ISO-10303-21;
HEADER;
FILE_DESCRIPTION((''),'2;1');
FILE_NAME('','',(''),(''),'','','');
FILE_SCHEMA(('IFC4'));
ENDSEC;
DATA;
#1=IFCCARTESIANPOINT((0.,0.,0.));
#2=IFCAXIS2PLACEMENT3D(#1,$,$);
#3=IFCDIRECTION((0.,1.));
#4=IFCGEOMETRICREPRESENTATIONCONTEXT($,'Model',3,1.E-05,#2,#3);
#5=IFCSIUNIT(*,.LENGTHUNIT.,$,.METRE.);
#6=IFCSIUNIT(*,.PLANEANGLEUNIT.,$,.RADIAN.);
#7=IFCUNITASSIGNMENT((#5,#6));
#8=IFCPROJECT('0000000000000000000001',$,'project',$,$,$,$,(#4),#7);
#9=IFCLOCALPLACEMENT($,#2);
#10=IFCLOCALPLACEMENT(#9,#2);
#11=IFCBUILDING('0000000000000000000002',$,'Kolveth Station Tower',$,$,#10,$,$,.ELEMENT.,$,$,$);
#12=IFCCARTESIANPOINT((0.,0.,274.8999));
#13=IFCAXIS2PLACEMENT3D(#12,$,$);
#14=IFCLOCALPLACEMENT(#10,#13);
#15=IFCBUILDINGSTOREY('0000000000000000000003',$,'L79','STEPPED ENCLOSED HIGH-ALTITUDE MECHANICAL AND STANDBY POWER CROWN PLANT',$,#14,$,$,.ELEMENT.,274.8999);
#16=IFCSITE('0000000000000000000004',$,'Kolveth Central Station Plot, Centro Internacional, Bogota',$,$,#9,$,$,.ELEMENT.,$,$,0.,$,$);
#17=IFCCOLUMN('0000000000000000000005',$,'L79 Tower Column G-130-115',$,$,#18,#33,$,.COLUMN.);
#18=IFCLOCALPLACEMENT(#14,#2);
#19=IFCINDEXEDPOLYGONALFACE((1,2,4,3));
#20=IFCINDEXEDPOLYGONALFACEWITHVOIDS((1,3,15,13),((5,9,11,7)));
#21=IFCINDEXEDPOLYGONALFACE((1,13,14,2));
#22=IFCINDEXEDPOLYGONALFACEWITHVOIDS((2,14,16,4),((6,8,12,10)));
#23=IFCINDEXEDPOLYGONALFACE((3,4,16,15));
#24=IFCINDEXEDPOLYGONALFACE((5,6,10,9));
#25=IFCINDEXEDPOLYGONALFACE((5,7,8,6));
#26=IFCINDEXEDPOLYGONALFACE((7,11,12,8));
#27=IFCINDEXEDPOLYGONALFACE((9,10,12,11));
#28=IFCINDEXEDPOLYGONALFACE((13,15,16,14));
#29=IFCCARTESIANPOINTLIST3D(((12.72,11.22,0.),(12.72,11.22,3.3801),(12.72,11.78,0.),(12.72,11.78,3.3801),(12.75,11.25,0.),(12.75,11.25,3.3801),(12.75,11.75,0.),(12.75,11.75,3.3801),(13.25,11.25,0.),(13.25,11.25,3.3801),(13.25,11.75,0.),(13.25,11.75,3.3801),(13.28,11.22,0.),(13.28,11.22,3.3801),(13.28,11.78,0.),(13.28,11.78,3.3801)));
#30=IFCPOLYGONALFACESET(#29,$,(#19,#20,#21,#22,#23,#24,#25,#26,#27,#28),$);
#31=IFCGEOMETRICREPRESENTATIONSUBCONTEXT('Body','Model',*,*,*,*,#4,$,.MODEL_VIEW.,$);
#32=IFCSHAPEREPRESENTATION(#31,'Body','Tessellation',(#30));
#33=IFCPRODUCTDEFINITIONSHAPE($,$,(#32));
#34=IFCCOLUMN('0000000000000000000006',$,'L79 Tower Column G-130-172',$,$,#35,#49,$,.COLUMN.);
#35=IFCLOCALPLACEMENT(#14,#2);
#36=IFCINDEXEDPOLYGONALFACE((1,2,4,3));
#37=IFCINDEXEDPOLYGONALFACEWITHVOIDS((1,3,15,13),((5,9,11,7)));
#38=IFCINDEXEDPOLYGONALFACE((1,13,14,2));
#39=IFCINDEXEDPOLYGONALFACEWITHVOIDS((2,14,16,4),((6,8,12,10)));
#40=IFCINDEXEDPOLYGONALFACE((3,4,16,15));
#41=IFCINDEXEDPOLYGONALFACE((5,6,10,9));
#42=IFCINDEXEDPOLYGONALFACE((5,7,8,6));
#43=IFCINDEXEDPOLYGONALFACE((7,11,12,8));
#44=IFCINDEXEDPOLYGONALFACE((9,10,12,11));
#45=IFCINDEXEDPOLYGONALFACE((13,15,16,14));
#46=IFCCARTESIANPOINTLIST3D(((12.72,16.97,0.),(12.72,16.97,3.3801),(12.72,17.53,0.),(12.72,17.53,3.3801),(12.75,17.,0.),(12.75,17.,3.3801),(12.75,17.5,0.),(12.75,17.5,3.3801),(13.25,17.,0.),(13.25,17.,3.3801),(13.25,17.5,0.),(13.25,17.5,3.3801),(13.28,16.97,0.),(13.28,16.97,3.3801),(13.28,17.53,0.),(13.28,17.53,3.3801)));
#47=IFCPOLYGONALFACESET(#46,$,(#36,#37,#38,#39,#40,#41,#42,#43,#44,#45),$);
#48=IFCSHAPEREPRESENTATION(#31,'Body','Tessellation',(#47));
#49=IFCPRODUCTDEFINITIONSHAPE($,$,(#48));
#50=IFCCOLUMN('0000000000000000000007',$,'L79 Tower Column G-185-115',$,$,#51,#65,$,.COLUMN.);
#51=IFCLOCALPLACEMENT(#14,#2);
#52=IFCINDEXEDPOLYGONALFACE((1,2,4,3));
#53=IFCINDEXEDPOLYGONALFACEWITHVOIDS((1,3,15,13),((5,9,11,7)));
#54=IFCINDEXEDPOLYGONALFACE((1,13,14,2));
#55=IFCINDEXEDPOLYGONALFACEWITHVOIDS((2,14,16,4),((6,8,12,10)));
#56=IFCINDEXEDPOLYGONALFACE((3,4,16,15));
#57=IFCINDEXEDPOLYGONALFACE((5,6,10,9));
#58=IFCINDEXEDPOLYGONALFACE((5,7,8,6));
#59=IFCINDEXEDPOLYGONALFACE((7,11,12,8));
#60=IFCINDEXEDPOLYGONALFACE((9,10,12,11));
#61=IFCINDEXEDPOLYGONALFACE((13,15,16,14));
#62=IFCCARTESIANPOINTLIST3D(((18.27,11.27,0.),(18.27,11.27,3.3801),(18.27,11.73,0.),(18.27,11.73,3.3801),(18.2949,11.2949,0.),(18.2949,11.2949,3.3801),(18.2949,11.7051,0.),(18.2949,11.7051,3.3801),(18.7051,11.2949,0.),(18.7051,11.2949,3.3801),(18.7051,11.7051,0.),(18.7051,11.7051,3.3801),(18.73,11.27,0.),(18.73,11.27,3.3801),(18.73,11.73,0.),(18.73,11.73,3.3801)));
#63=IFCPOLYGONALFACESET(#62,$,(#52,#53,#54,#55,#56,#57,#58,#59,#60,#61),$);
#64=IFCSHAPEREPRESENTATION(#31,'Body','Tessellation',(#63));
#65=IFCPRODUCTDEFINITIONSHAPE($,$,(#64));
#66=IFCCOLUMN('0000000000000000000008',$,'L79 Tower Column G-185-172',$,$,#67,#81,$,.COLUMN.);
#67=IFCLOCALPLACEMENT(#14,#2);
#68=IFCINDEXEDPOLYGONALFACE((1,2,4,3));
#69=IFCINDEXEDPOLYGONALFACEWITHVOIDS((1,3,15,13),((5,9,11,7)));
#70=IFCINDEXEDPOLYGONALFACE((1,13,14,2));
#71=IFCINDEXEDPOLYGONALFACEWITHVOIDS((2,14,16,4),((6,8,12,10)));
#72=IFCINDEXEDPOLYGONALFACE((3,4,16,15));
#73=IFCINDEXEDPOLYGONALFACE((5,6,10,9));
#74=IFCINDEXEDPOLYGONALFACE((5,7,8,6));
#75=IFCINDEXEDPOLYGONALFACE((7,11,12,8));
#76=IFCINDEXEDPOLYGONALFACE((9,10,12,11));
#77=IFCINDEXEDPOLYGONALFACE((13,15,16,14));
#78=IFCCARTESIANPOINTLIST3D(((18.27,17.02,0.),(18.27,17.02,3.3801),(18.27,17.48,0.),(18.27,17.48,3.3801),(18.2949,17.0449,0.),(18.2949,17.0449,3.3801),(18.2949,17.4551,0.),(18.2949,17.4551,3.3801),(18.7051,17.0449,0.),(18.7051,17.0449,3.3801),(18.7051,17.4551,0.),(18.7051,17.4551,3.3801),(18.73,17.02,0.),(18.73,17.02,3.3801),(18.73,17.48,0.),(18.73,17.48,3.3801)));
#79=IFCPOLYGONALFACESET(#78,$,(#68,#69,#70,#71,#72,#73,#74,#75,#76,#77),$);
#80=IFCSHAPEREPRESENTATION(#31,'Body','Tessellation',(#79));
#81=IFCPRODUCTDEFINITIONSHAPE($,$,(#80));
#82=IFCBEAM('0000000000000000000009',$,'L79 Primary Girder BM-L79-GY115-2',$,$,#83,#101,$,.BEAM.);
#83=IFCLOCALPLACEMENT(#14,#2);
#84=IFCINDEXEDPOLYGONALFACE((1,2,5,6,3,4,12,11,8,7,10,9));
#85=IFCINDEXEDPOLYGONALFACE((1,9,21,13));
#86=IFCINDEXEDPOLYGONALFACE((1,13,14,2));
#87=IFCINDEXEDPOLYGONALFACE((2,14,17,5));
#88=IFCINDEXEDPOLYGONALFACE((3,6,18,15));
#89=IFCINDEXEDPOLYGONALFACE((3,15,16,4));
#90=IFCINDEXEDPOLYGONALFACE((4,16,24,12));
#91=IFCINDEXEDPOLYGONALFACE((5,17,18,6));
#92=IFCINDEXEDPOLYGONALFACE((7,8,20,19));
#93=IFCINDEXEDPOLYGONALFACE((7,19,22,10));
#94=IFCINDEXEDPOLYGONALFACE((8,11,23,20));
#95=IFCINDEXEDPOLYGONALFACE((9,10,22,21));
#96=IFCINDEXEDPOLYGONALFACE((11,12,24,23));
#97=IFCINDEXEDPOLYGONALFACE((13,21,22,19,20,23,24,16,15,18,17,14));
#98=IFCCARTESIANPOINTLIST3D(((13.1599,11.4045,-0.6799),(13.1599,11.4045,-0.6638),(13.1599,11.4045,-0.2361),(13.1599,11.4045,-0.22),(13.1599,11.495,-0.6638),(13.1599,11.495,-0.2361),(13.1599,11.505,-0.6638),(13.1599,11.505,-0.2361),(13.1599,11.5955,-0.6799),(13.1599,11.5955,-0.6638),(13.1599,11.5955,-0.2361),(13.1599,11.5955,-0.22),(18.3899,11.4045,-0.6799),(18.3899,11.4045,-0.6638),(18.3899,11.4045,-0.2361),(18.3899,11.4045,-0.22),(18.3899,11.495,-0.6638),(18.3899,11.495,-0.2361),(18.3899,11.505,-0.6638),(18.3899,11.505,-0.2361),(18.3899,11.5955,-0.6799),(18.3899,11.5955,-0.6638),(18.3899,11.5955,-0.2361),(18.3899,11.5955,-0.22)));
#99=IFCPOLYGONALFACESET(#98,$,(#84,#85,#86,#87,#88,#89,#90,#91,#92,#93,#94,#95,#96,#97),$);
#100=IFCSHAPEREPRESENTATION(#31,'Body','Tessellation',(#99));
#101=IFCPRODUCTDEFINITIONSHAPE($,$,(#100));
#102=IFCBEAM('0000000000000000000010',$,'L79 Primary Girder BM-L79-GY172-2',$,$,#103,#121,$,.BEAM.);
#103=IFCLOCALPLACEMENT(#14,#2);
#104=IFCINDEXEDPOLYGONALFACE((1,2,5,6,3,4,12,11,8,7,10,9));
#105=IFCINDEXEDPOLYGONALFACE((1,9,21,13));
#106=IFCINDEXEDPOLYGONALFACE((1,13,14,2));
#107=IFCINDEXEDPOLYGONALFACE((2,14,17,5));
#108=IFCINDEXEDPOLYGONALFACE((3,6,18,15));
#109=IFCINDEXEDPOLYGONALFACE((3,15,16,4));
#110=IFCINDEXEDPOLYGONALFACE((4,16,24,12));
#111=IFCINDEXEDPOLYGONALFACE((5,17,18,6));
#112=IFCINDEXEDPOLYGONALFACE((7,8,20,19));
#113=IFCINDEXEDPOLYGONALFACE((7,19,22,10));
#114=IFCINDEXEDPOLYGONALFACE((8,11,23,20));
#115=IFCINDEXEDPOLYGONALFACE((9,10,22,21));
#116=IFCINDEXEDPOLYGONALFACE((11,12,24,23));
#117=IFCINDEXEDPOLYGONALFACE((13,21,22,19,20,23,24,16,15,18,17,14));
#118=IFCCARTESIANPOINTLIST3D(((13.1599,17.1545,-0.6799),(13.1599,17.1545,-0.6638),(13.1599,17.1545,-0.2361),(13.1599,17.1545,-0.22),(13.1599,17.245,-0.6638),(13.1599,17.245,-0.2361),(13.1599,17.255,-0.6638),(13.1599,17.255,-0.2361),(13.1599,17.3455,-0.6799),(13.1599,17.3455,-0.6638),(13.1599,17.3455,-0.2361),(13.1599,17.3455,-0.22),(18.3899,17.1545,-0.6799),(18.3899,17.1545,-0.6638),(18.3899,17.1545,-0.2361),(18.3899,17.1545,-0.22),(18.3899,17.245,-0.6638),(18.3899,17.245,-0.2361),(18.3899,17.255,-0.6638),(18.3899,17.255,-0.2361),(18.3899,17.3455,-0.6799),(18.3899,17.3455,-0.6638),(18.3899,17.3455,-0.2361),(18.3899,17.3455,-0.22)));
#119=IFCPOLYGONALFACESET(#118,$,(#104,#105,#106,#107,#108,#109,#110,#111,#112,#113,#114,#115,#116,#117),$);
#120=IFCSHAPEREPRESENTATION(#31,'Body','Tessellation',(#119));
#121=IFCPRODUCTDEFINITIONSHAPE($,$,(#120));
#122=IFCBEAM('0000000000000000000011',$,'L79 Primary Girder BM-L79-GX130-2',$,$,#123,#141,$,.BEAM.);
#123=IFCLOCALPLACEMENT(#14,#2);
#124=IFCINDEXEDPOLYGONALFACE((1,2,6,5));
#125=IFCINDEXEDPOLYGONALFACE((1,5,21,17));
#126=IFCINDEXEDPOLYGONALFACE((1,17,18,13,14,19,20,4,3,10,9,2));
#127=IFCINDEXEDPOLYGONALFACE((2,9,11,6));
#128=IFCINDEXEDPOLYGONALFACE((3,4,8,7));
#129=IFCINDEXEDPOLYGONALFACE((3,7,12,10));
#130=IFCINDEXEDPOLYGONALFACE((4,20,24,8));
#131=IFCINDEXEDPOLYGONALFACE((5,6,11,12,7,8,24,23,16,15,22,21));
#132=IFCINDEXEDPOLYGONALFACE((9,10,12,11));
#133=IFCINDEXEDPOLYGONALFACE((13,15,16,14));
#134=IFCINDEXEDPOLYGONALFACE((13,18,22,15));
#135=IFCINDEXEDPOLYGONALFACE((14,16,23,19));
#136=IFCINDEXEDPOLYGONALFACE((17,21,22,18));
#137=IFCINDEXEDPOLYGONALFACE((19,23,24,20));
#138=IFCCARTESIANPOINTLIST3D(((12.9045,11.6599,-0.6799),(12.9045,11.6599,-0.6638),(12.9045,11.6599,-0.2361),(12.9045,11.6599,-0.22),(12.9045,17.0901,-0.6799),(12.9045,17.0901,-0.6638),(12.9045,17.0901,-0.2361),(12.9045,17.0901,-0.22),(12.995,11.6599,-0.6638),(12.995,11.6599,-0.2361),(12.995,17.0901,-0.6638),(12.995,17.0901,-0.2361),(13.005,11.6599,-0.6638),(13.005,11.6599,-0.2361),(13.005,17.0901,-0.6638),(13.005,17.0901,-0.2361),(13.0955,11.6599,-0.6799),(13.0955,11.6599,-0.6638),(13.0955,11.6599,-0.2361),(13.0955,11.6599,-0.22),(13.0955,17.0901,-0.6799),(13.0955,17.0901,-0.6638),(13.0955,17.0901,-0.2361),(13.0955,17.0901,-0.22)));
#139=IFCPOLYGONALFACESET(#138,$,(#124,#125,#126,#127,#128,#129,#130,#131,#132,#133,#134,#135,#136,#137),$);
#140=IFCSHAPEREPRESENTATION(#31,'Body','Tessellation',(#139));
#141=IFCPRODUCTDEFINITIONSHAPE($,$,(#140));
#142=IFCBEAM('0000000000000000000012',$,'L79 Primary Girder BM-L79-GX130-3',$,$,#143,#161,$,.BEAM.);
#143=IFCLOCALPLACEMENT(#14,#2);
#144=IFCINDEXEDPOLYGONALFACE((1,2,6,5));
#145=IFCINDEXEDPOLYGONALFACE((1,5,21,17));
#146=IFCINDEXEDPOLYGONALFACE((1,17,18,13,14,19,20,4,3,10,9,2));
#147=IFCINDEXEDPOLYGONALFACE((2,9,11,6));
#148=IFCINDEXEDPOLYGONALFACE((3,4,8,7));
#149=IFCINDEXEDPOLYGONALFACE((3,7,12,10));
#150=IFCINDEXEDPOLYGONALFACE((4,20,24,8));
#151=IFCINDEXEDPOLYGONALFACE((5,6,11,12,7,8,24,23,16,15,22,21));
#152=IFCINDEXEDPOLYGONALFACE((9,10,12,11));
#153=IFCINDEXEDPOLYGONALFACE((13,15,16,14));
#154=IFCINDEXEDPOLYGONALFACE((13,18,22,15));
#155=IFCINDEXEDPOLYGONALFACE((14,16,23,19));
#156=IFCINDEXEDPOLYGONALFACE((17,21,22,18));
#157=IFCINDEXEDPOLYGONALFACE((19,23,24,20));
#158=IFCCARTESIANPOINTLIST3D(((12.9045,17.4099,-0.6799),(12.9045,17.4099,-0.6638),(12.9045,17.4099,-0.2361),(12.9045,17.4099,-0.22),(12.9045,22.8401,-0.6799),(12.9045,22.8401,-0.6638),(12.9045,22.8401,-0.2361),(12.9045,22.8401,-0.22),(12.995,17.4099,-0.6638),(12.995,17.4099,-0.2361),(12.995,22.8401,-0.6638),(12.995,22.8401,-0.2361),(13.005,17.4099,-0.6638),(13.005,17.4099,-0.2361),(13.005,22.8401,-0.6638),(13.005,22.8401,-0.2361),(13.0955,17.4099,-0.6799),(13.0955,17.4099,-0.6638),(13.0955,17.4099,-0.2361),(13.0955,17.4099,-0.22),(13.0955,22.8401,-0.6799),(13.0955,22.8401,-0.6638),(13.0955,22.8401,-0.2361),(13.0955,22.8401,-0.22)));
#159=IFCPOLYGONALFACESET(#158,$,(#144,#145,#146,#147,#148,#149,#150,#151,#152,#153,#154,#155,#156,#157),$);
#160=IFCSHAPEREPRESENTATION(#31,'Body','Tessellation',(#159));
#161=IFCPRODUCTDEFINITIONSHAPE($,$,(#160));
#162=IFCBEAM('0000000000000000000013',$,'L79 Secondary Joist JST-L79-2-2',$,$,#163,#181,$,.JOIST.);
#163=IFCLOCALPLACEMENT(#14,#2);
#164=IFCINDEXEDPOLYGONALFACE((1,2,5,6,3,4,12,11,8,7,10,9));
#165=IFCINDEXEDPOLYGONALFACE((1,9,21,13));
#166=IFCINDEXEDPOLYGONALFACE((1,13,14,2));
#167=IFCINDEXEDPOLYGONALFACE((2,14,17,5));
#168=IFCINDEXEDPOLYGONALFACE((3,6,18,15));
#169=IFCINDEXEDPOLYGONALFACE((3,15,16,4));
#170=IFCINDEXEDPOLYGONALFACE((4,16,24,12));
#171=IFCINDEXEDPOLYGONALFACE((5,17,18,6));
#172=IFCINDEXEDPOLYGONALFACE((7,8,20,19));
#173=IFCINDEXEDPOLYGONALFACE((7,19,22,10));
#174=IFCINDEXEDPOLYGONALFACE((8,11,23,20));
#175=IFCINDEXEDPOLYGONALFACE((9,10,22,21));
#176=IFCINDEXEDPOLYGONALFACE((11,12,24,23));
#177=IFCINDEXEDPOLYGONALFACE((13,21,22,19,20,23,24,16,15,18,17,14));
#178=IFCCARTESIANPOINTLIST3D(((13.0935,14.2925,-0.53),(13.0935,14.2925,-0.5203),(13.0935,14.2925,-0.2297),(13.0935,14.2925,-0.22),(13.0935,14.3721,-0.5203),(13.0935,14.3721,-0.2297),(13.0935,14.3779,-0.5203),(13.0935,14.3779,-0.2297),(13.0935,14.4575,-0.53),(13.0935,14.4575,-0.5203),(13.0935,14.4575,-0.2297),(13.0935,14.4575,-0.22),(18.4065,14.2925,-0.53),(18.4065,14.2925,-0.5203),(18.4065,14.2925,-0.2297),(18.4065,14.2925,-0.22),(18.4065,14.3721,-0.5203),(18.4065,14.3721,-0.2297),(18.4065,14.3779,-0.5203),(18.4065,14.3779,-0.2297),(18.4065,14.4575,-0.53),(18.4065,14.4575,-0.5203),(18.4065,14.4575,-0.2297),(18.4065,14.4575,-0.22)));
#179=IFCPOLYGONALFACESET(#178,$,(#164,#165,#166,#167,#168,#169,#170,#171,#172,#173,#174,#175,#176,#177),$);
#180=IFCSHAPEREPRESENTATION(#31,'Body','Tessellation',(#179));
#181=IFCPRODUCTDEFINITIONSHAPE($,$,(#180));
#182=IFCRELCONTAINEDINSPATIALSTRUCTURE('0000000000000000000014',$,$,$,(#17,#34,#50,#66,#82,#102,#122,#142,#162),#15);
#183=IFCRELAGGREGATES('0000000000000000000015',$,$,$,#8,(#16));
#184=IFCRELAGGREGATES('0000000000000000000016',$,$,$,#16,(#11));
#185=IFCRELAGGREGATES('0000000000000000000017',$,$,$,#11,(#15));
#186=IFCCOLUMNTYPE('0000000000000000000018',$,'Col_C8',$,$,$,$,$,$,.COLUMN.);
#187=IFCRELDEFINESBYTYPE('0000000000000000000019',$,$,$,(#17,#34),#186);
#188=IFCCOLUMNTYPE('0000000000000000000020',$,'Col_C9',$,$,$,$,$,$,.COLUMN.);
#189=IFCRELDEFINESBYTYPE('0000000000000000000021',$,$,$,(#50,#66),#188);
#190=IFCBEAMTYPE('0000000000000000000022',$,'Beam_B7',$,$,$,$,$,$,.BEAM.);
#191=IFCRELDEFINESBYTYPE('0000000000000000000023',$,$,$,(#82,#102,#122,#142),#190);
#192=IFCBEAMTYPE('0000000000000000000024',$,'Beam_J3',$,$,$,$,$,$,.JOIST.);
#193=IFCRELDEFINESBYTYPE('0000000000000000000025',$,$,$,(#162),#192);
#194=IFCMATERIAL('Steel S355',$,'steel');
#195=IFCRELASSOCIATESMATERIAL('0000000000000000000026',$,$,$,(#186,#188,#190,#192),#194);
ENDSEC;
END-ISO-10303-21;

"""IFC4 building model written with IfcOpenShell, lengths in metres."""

from ifc_helpers import new_model, si_unit, direction, frame, origin, origin_2d, place, context, subcontext, project, spatial, hollow_rectangle, i_section, extrude, source, transform, mapped, material, material_profile, profile_set, type_object, element, save


model = new_model("IFC4")

# Units and contexts
model_context = context("Model", 3, precision=1e-05, world=origin(), true_north=direction((0.0, 1.0)))
body_context = subcontext(model_context, "Body", "Model", "MODEL_VIEW")
ifc_project = project(units=[si_unit("LENGTHUNIT", "METRE"), si_unit("PLANEANGLEUNIT", "RADIAN")], contexts=[model_context])

# Site, building, storey
site_placement = place(None, origin())
site = spatial("IfcSite", under=ifc_project, at=site_placement, Name="Kolveth Central Station Plot, Centro Internacional, Bogota", CompositionType="ELEMENT", RefElevation=0.0)
building_placement = place(site_placement, origin())
building = spatial("IfcBuilding", under=site, at=building_placement, Name="Kolveth Station Tower", CompositionType="ELEMENT")
storey_placement = place(building_placement, frame((0.0, 0.0, 274.8999)))
storey = spatial("IfcBuildingStorey", under=building, at=storey_placement, Name="L79", Description="STEPPED ENCLOSED HIGH-ALTITUDE MECHANICAL AND STANDBY POWER CROWN PLANT", CompositionType="ELEMENT", Elevation=274.8999)

# Columns
ifc_material_1 = material(Name="Steel S355", Category="steel")
ifc_material_profile_1 = material_profile(ifc_material_1, hollow_rectangle(XDim=0.5601, YDim=0.5601, WallThickness=0.03, at=origin_2d()), Name="BOX560x560x30")
ifc_profile_set_1 = profile_set([ifc_material_profile_1], Name="Steel S355")
column_type_1 = type_object("IfcColumnType", Name="Col_C8", PredefinedType="COLUMN", material=ifc_profile_set_1)
shared_shape_1 = source(origin(), body_context, "Body", "SweptSolid", [
    extrude(hollow_rectangle(XDim=0.5601, YDim=0.5601, WallThickness=0.03, at=origin_2d()), origin(), (0.0, 0.0, 1.0), 3.3801),
])
for number, where, z_axis, x_axis, name in (
    (1, (13.0, 11.5, 0.0), (0.0, 0.0, 1.0), (1.0, 0.0, 0.0), "L79 Tower Column G-130-115"),
    (2, (13.0, 17.25, 0.0), (0.0, 0.0, 1.0), (1.0, 0.0, 0.0), "L79 Tower Column G-130-172"),
):
    element("IfcColumn", number, at=place(storey_placement, frame(where, z_axis=z_axis, x_axis=x_axis)), inside=storey, type_object=column_type_1, Name=name, PredefinedType="COLUMN", context=body_context, shape_type="MappedRepresentation", body=[
        mapped(shared_shape_1, transform((0.0, 0.0, 0.0), x_axis=(1.0, 0.0, 0.0), y_axis=(0.0, 1.0, 0.0), z_axis=(0.0, 0.0, 1.0), scale=1.0)),
    ])
ifc_material_profile_2 = material_profile(ifc_material_1, hollow_rectangle(XDim=0.46, YDim=0.46, WallThickness=0.0249, at=origin_2d()), Name="BOX460x460x25")
ifc_profile_set_2 = profile_set([ifc_material_profile_2], Name="Steel S355")
column_type_2 = type_object("IfcColumnType", Name="Col_C9", PredefinedType="COLUMN", material=ifc_profile_set_2)
shared_shape_2 = source(origin(), body_context, "Body", "SweptSolid", [
    extrude(hollow_rectangle(XDim=0.46, YDim=0.46, WallThickness=0.0249, at=origin_2d()), origin(), (0.0, 0.0, 1.0), 3.3801),
])
for number, where, z_axis, x_axis, name in (
    (3, (18.5, 11.5, 0.0), (0.0, 0.0, 1.0), (1.0, 0.0, 0.0), "L79 Tower Column G-185-115"),
    (4, (18.5, 17.25, 0.0), (0.0, 0.0, 1.0), (1.0, 0.0, 0.0), "L79 Tower Column G-185-172"),
):
    element("IfcColumn", number, at=place(storey_placement, frame(where, z_axis=z_axis, x_axis=x_axis)), inside=storey, type_object=column_type_2, Name=name, PredefinedType="COLUMN", context=body_context, shape_type="MappedRepresentation", body=[
        mapped(shared_shape_2, transform((0.0, 0.0, 0.0), x_axis=(1.0, 0.0, 0.0), y_axis=(0.0, 1.0, 0.0), z_axis=(0.0, 0.0, 1.0), scale=1.0)),
    ])

# Beams
ifc_material_profile_3 = material_profile(ifc_material_1, i_section(OverallWidth=0.1909, OverallDepth=0.46, WebThickness=0.01, FlangeThickness=0.0161, at=origin_2d()), Name="W460x82")
ifc_profile_set_3 = profile_set([ifc_material_profile_3], Name="Steel S355")
beam_type_1 = type_object("IfcBeamType", Name="Beam_B7", PredefinedType="BEAM", material=ifc_profile_set_3)
shared_shape_3 = source(origin(), body_context, "Body", "SweptSolid", [
    extrude(i_section(OverallWidth=0.1909, OverallDepth=0.46, WebThickness=0.01, FlangeThickness=0.0161, at=origin_2d()), origin(), (0.0, 0.0, 1.0), 5.23),
])
for number, where, z_axis, x_axis, name in (
    (5, (13.1599, 11.5, -0.45), (1.0, 0.0, 0.0), (0.0, 1.0, 0.0), "L79 Primary Girder BM-L79-GY115-2"),
    (6, (13.1599, 17.25, -0.45), (1.0, 0.0, 0.0), (0.0, 1.0, 0.0), "L79 Primary Girder BM-L79-GY172-2"),
):
    element("IfcBeam", number, at=place(storey_placement, frame(where, z_axis=z_axis, x_axis=x_axis)), inside=storey, type_object=beam_type_1, Name=name, PredefinedType="BEAM", context=body_context, shape_type="MappedRepresentation", body=[
        mapped(shared_shape_3, transform((0.0, 0.0, 0.0), x_axis=(1.0, 0.0, 0.0), y_axis=(0.0, 1.0, 0.0), z_axis=(0.0, 0.0, 1.0), scale=1.0)),
    ])
shared_shape_4 = source(origin(), body_context, "Body", "SweptSolid", [
    extrude(i_section(OverallWidth=0.1909, OverallDepth=0.46, WebThickness=0.01, FlangeThickness=0.0161, at=origin_2d()), origin(), (0.0, 0.0, 1.0), 5.4302),
])
for number, where, z_axis, x_axis, name in (
    (7, (13.0, 11.6599, -0.45), (0.0, 1.0, 0.0), (-1.0, 0.0, 0.0), "L79 Primary Girder BM-L79-GX130-2"),
    (8, (13.0, 17.4099, -0.45), (0.0, 1.0, 0.0), (-1.0, 0.0, 0.0), "L79 Primary Girder BM-L79-GX130-3"),
):
    element("IfcBeam", number, at=place(storey_placement, frame(where, z_axis=z_axis, x_axis=x_axis)), inside=storey, type_object=beam_type_1, Name=name, PredefinedType="BEAM", context=body_context, shape_type="MappedRepresentation", body=[
        mapped(shared_shape_4, transform((0.0, 0.0, 0.0), x_axis=(1.0, 0.0, 0.0), y_axis=(0.0, 1.0, 0.0), z_axis=(0.0, 0.0, 1.0), scale=1.0)),
    ])
ifc_material_profile_4 = material_profile(ifc_material_1, i_section(OverallWidth=0.165, OverallDepth=0.3101, WebThickness=0.0059, FlangeThickness=0.0098, at=origin_2d()), Name="W310x39")
ifc_profile_set_4 = profile_set([ifc_material_profile_4], Name="Steel S355")
beam_type_2 = type_object("IfcBeamType", Name="Beam_J3", PredefinedType="JOIST", material=ifc_profile_set_4)
shared_shape_5 = source(origin(), body_context, "Body", "SweptSolid", [
    extrude(i_section(OverallWidth=0.165, OverallDepth=0.3101, WebThickness=0.0059, FlangeThickness=0.0098, at=origin_2d()), origin(), (0.0, 0.0, 1.0), 5.313),
])
beam_placement = place(storey_placement, frame((13.0935, 14.375, -0.375), z_axis=(1.0, 0.0, 0.0), x_axis=(0.0, 1.0, 0.0)))
element("IfcBeam", 9, at=beam_placement, inside=storey, type_object=beam_type_2, Name="L79 Secondary Joist JST-L79-2-2", PredefinedType="JOIST", context=body_context, shape_type="MappedRepresentation", body=[
    mapped(shared_shape_5, transform((0.0, 0.0, 0.0), x_axis=(1.0, 0.0, 0.0), y_axis=(0.0, 1.0, 0.0), z_axis=(0.0, 0.0, 1.0), scale=1.0)),
])

save(model, "model.ifc")
